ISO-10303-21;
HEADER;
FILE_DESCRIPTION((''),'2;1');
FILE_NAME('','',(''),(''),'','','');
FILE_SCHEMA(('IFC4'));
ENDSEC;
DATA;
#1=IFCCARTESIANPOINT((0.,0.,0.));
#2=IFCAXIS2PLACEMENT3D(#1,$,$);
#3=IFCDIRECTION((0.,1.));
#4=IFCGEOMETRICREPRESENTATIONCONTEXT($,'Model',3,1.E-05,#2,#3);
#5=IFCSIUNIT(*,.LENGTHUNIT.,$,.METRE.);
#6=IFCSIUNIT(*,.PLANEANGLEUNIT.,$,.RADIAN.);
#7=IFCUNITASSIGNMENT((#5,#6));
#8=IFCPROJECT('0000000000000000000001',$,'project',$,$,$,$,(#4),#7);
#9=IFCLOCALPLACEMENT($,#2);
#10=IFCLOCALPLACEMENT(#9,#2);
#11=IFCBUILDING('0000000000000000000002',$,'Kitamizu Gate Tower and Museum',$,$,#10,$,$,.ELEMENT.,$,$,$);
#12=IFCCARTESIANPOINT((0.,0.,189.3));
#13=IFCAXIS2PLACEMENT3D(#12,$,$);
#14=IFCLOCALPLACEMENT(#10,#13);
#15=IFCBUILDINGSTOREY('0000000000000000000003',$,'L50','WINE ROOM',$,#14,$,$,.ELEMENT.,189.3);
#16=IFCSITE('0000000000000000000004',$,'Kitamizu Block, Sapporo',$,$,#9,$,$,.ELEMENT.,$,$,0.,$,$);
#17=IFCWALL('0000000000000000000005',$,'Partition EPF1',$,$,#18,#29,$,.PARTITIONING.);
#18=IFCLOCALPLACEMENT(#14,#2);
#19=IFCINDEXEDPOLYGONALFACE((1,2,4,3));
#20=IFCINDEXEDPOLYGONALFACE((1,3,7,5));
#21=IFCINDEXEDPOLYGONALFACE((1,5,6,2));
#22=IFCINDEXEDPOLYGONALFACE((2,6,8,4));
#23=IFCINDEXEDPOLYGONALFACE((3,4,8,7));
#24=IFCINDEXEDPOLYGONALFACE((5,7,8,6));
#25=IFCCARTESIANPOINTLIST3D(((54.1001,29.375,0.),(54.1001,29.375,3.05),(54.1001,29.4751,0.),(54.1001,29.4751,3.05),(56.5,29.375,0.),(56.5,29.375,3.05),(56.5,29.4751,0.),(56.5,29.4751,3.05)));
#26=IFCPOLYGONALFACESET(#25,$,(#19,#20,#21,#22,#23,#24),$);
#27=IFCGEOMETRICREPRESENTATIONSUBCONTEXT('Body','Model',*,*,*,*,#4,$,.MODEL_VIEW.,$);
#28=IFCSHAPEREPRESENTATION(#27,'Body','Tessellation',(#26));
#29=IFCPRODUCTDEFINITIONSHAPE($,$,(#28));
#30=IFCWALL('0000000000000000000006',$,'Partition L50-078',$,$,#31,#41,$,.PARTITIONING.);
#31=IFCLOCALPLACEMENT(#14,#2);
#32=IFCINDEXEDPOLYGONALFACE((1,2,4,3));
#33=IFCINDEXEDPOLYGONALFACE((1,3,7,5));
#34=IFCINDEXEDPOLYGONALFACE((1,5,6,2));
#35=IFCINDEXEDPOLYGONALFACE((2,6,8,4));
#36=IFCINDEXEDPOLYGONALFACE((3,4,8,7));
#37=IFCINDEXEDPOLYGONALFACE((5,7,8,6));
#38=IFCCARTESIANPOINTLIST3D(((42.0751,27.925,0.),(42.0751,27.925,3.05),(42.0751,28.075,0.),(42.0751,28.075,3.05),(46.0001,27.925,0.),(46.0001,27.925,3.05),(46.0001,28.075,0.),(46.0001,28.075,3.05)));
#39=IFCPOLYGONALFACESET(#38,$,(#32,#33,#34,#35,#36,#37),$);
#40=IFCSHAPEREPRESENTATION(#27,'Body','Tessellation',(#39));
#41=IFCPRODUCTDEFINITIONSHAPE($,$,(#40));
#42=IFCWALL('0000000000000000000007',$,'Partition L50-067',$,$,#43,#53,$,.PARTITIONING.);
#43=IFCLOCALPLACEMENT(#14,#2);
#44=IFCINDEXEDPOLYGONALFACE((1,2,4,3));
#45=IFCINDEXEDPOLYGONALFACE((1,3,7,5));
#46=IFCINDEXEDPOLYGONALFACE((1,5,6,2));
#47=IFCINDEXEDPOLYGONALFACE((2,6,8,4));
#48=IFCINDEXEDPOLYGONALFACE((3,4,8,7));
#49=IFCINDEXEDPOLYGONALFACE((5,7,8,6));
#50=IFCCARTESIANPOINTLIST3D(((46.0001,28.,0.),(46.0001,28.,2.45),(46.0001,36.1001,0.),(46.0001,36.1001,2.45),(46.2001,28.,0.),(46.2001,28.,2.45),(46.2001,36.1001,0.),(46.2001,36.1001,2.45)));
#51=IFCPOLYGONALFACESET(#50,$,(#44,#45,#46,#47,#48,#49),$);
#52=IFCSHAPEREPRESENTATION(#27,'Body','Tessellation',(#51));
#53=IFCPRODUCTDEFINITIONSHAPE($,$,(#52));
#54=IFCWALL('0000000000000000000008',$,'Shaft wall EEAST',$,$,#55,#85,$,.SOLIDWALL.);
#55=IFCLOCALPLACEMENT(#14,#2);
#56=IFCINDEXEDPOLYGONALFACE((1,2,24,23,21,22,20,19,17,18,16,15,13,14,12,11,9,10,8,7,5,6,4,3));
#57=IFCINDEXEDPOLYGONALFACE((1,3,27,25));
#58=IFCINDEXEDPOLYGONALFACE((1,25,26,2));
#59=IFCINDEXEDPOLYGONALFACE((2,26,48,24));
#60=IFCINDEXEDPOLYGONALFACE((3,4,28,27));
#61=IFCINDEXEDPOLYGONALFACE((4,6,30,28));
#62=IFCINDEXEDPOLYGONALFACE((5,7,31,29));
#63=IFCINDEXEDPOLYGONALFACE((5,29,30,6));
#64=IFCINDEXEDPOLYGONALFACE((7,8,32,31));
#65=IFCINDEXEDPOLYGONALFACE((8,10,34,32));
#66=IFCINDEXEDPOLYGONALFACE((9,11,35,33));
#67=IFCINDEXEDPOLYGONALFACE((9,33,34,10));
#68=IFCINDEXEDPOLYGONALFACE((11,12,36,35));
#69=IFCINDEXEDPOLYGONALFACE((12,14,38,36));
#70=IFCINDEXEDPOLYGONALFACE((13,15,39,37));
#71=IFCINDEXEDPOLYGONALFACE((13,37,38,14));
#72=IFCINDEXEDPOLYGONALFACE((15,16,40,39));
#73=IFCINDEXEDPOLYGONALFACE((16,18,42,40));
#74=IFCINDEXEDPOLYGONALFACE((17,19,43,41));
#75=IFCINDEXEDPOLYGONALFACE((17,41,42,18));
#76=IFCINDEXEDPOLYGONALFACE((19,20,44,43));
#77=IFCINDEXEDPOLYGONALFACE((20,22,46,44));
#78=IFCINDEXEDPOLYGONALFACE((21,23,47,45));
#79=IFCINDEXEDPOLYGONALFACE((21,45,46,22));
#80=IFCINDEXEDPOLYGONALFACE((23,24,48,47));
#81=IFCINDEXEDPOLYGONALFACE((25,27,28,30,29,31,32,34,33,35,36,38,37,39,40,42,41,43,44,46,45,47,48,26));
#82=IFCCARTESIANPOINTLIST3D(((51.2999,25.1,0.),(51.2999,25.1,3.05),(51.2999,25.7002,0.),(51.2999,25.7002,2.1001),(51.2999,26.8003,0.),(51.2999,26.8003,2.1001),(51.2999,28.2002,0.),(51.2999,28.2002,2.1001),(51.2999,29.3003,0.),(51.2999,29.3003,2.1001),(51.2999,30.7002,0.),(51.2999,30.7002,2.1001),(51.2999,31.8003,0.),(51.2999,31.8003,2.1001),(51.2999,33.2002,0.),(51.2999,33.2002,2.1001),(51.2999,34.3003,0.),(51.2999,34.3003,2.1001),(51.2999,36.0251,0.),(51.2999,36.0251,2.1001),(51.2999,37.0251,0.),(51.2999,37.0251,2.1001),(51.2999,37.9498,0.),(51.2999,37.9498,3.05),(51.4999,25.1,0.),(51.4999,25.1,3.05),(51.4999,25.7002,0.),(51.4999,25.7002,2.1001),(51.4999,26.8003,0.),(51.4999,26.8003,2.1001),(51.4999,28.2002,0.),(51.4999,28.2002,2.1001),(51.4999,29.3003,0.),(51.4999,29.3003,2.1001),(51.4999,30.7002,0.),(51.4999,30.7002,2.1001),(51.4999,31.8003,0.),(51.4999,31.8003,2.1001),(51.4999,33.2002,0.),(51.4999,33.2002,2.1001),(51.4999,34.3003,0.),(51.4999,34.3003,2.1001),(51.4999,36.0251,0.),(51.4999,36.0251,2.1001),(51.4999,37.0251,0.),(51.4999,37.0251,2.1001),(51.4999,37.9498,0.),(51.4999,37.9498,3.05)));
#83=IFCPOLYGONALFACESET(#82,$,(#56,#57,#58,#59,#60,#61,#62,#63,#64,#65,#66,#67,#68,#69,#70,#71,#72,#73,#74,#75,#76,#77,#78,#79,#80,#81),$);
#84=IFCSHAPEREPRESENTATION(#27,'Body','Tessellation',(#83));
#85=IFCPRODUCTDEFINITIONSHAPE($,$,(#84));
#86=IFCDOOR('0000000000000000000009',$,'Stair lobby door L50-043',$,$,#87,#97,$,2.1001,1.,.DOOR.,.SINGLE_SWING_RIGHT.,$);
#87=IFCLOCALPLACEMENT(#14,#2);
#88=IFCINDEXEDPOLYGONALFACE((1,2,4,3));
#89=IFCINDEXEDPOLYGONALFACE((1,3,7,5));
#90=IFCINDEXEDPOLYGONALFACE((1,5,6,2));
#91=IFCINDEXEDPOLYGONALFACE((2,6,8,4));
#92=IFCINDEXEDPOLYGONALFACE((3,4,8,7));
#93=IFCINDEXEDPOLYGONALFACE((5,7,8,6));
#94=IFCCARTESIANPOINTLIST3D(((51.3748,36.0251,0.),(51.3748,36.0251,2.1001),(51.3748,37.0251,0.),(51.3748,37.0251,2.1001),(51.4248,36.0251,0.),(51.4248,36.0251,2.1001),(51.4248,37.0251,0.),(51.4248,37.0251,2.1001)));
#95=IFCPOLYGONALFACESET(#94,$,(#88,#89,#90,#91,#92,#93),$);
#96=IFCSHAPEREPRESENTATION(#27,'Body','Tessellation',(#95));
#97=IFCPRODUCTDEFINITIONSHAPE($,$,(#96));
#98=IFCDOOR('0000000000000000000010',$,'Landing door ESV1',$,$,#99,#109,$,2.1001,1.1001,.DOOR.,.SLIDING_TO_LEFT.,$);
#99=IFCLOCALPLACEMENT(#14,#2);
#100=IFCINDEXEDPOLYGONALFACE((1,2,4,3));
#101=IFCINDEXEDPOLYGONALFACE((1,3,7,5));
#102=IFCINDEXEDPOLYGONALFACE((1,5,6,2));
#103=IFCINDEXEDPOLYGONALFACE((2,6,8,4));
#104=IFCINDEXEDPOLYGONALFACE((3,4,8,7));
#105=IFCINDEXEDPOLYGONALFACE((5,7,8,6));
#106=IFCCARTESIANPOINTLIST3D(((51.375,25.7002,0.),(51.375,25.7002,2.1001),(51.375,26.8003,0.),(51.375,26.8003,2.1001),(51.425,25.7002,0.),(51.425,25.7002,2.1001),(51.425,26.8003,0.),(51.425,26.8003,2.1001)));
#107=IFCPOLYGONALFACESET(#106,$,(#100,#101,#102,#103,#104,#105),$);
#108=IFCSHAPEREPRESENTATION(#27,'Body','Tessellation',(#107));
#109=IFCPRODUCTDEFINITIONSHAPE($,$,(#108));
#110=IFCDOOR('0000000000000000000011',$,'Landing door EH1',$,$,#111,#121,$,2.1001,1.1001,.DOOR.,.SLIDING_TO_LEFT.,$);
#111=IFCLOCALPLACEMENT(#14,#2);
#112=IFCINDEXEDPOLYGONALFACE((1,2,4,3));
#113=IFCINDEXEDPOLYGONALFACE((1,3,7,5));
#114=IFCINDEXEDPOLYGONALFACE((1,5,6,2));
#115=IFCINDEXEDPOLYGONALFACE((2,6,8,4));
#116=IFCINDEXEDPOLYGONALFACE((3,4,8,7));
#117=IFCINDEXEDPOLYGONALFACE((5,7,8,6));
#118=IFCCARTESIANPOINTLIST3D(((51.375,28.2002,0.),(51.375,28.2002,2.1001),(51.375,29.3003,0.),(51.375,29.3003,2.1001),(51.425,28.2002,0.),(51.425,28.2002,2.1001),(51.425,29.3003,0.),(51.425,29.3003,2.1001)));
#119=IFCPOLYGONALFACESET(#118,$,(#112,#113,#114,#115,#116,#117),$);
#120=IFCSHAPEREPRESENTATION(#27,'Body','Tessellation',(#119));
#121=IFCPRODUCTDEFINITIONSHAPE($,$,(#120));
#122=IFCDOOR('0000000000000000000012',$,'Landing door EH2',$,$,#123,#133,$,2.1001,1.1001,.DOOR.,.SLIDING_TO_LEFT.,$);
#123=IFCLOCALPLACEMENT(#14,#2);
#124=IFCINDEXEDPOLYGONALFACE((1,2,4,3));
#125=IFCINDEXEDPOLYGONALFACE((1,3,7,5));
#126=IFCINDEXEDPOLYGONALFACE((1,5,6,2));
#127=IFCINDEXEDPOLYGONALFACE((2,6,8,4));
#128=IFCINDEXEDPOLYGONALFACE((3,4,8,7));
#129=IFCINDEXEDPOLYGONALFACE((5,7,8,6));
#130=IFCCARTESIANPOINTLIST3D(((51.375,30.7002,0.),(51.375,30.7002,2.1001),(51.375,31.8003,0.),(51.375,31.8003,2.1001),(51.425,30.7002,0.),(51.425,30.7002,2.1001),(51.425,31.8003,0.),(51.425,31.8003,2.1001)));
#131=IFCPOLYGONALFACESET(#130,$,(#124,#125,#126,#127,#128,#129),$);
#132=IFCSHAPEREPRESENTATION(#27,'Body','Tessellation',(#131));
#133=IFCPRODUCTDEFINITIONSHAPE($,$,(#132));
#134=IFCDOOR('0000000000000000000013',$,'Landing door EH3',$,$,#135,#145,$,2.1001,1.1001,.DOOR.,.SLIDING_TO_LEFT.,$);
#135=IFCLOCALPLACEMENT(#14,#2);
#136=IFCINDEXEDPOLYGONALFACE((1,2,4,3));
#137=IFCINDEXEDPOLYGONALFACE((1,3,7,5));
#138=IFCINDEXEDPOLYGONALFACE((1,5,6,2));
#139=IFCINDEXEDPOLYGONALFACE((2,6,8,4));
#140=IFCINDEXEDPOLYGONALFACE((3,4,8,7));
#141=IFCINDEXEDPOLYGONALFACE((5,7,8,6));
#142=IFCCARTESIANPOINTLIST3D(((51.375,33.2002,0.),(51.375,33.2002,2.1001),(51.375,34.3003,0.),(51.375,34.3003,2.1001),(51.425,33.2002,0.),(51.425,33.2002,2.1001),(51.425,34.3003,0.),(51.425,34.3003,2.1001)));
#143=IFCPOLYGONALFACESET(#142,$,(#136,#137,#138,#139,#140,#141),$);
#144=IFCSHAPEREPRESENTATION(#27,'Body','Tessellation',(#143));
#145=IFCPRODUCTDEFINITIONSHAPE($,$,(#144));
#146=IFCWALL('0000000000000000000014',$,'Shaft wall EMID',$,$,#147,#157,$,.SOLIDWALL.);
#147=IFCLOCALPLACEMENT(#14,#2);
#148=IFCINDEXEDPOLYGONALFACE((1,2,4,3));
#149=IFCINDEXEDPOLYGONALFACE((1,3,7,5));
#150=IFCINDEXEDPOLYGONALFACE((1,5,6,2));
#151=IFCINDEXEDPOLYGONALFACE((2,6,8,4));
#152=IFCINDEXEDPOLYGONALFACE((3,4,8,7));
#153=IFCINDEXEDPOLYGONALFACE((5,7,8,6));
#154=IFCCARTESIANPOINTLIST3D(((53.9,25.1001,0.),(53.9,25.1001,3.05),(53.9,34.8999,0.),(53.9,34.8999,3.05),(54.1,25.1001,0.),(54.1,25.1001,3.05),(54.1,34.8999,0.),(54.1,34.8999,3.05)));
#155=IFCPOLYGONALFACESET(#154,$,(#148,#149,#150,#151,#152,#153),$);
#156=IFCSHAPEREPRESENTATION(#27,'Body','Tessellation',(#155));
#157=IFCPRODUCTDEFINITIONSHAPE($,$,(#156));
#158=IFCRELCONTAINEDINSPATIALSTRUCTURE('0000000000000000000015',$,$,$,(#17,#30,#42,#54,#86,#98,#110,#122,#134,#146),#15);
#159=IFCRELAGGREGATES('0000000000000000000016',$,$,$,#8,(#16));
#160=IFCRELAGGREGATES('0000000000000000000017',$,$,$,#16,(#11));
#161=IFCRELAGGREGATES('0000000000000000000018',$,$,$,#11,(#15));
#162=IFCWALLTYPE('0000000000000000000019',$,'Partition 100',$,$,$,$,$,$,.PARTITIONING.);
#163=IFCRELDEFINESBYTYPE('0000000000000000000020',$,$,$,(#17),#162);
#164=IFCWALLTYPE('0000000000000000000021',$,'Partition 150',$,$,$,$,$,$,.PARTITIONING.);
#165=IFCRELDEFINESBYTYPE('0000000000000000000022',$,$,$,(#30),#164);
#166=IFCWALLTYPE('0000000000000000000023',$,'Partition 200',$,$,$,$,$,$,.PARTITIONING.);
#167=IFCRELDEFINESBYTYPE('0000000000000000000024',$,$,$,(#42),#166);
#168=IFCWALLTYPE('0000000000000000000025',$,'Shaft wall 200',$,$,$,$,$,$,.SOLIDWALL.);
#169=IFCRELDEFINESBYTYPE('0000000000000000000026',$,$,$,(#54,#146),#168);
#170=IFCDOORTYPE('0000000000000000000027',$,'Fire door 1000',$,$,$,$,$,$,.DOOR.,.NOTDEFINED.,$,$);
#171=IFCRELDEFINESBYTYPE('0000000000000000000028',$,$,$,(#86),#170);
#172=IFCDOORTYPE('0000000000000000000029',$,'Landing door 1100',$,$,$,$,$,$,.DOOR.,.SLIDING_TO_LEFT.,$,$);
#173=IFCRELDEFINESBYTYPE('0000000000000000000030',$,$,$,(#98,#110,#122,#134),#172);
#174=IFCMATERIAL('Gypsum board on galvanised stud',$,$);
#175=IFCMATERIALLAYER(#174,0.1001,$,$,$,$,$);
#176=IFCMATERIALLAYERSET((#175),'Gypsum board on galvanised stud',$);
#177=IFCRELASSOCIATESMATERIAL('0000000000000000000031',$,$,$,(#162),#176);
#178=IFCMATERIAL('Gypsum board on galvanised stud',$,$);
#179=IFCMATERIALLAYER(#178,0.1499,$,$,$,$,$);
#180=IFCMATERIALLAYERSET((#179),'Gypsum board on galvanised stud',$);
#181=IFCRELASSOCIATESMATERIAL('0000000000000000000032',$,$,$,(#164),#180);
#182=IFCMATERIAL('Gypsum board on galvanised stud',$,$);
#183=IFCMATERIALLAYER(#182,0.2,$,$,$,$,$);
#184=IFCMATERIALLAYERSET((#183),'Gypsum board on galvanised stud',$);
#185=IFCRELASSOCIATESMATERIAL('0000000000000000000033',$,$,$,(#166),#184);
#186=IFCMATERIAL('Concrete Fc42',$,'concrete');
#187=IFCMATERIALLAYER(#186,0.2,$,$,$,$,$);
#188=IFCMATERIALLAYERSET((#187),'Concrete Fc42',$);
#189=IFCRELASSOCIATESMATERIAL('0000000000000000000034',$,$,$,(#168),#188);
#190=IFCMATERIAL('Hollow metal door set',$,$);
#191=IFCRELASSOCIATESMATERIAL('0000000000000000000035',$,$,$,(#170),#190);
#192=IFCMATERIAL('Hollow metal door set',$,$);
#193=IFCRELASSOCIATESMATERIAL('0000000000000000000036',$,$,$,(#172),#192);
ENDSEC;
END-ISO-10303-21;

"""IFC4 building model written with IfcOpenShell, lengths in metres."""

from ifc_helpers import new_model, si_unit, direction, frame, frame_2d, origin, place, context, subcontext, project, spatial, rectangle, extrude, material, layer, layer_set, type_object, element, fill, save


model = new_model("IFC4")

# Units and contexts
model_context = context("Model", 3, precision=1e-05, world=origin(), true_north=direction((0.0, 1.0)))
body_context = subcontext(model_context, "Body", "Model", "MODEL_VIEW")
ifc_project = project(units=[si_unit("LENGTHUNIT", "METRE"), si_unit("PLANEANGLEUNIT", "RADIAN")], contexts=[model_context])

# Site, building, storey
site_placement = place(None, origin())
site = spatial("IfcSite", under=ifc_project, at=site_placement, Name="Kitamizu Block, Sapporo", CompositionType="ELEMENT", RefElevation=0.0)
building_placement = place(site_placement, origin())
building = spatial("IfcBuilding", under=site, at=building_placement, Name="Kitamizu Gate Tower and Museum", CompositionType="ELEMENT")
storey_placement = place(building_placement, frame((0.0, 0.0, 189.3)))
storey = spatial("IfcBuildingStorey", under=building, at=storey_placement, Name="L50", Description="WINE ROOM", CompositionType="ELEMENT", Elevation=189.3)

# Walls
ifc_material_1 = material(Name="Gypsum board on galvanised stud")
ifc_layer_1 = layer(ifc_material_1, 0.1001)
ifc_layer_set_1 = layer_set([ifc_layer_1], Name="Gypsum board on galvanised stud")
wall_type_1 = type_object("IfcWallType", Name="Partition 100", PredefinedType="PARTITIONING", material=ifc_layer_set_1)
wall_1_placement = place(storey_placement, frame((56.5, 29.425, 0.0), z_axis=(0.0, 0.0, 1.0), x_axis=(-1.0, 0.0, 0.0)))
element("IfcWall", 1, at=wall_1_placement, inside=storey, type_object=wall_type_1, Name="Partition EPF1", PredefinedType="PARTITIONING", context=body_context, shape_type="SweptSolid", body=[
    extrude(rectangle(XDim=2.3999, YDim=0.1001, at=frame_2d((1.2, 0.0))), origin(), (0.0, 0.0, 1.0), 3.05),
])
ifc_material_2 = material(Name="Gypsum board on galvanised stud")
ifc_layer_2 = layer(ifc_material_2, 0.1499)
ifc_layer_set_2 = layer_set([ifc_layer_2], Name="Gypsum board on galvanised stud")
wall_type_2 = type_object("IfcWallType", Name="Partition 150", PredefinedType="PARTITIONING", material=ifc_layer_set_2)
wall_2_placement = place(storey_placement, frame((46.0, 28.0, 0.0), z_axis=(0.0, 0.0, 1.0), x_axis=(-1.0, 0.0, 0.0)))
element("IfcWall", 2, at=wall_2_placement, inside=storey, type_object=wall_type_2, Name="Partition L50-078", PredefinedType="PARTITIONING", context=body_context, shape_type="SweptSolid", body=[
    extrude(rectangle(XDim=3.925, YDim=0.1499, at=frame_2d((1.9624, 0.0))), origin(), (0.0, 0.0, 1.0), 3.05),
])
ifc_material_3 = material(Name="Gypsum board on galvanised stud")
ifc_layer_3 = layer(ifc_material_3, 0.2)
ifc_layer_set_3 = layer_set([ifc_layer_3], Name="Gypsum board on galvanised stud")
wall_type_3 = type_object("IfcWallType", Name="Partition 200", PredefinedType="PARTITIONING", material=ifc_layer_set_3)
wall_3_placement = place(storey_placement, frame((46.1001, 28.0, 0.0), z_axis=(0.0, 0.0, 1.0), x_axis=(0.0, 1.0, 0.0)))
element("IfcWall", 3, at=wall_3_placement, inside=storey, type_object=wall_type_3, Name="Partition L50-067", PredefinedType="PARTITIONING", context=body_context, shape_type="SweptSolid", body=[
    extrude(rectangle(XDim=8.1001, YDim=0.2, at=frame_2d((4.05, 0.0))), origin(), (0.0, 0.0, 1.0), 2.45),
])

# Wall, openings, doors
ifc_material_4 = material(Name="Concrete Fc42", Category="concrete")
ifc_layer_4 = layer(ifc_material_4, 0.2)
ifc_layer_set_4 = layer_set([ifc_layer_4], Name="Concrete Fc42")
wall_type_4 = type_object("IfcWallType", Name="Shaft wall 200", PredefinedType="SOLIDWALL", material=ifc_layer_set_4)
wall_4_placement = place(storey_placement, frame((51.3999, 25.1001, 0.0), z_axis=(0.0, 0.0, 1.0), x_axis=(0.0, 1.0, 0.0)))
wall_4 = element("IfcWall", 4, at=wall_4_placement, inside=storey, type_object=wall_type_4, Name="Shaft wall EEAST", PredefinedType="SOLIDWALL", context=body_context, shape_type="SweptSolid", body=[
    extrude(rectangle(XDim=12.8499, YDim=0.2, at=frame_2d((6.4248, 0.0))), origin(), (0.0, 0.0, 1.0), 3.05),
])
opening_1_placement = place(wall_4_placement, frame((0.6001, 0.0, 0.0)))
opening_1 = element("IfcOpeningElement", 5, at=opening_1_placement, cuts=wall_4, PredefinedType="OPENING", context=body_context, shape_type="SweptSolid", body=[
    extrude(rectangle(XDim=1.1001, YDim=2.1001, at=frame_2d((0.55, 1.05))), frame((0.0, 0.1099, 0.0), z_axis=(0.0, -1.0, 0.0), x_axis=(1.0, 0.0, 0.0)), (0.0, 0.0, 1.0), 0.22),
])
opening_2_placement = place(wall_4_placement, frame((3.1001, 0.0, 0.0)))
opening_2 = element("IfcOpeningElement", 6, at=opening_2_placement, cuts=wall_4, PredefinedType="OPENING", context=body_context, shape_type="SweptSolid", body=[
    extrude(rectangle(XDim=1.1001, YDim=2.1001, at=frame_2d((0.55, 1.05))), frame((0.0, 0.1099, 0.0), z_axis=(0.0, -1.0, 0.0), x_axis=(1.0, 0.0, 0.0)), (0.0, 0.0, 1.0), 0.22),
])
opening_3_placement = place(wall_4_placement, frame((5.6001, 0.0, 0.0)))
opening_3 = element("IfcOpeningElement", 7, at=opening_3_placement, cuts=wall_4, PredefinedType="OPENING", context=body_context, shape_type="SweptSolid", body=[
    extrude(rectangle(XDim=1.1001, YDim=2.1001, at=frame_2d((0.55, 1.05))), frame((0.0, 0.1099, 0.0), z_axis=(0.0, -1.0, 0.0), x_axis=(1.0, 0.0, 0.0)), (0.0, 0.0, 1.0), 0.22),
])
opening_4_placement = place(wall_4_placement, frame((8.1001, 0.0, 0.0)))
opening_4 = element("IfcOpeningElement", 8, at=opening_4_placement, cuts=wall_4, PredefinedType="OPENING", context=body_context, shape_type="SweptSolid", body=[
    extrude(rectangle(XDim=1.1001, YDim=2.1001, at=frame_2d((0.55, 1.05))), frame((0.0, 0.1099, 0.0), z_axis=(0.0, -1.0, 0.0), x_axis=(1.0, 0.0, 0.0)), (0.0, 0.0, 1.0), 0.22),
])
opening_5_placement = place(wall_4_placement, frame((10.925, 0.0, 0.0)))
opening_5 = element("IfcOpeningElement", 9, at=opening_5_placement, cuts=wall_4, PredefinedType="OPENING", context=body_context, shape_type="SweptSolid", body=[
    extrude(rectangle(XDim=1.0, YDim=2.1001, at=frame_2d((0.5, 1.05))), frame((0.0, 0.1099, 0.0), z_axis=(0.0, -1.0, 0.0), x_axis=(1.0, 0.0, 0.0)), (0.0, 0.0, 1.0), 0.22),
])
ifc_material_5 = material(Name="Hollow metal door set")
door_type_1 = type_object("IfcDoorType", Name="Fire door 1000", OperationType="NOTDEFINED", PredefinedType="DOOR", material=ifc_material_5)
door_1_placement = place(opening_5_placement, frame((1.0, 0.0, 0.0), x_axis=(-1.0, 0.0, 0.0)))
door_1 = element("IfcDoor", 10, at=door_1_placement, inside=storey, type_object=door_type_1, Name="Stair lobby door L50-043", OperationType="SINGLE_SWING_RIGHT", OverallHeight=2.1001, OverallWidth=1.0, PredefinedType="DOOR", context=body_context, shape_type="SweptSolid", body=[
    extrude(rectangle(XDim=1.0, YDim=2.1001, at=frame_2d((0.5, 1.05))), frame((0.0, 0.0249, 0.0), z_axis=(0.0, -1.0, 0.0), x_axis=(1.0, 0.0, 0.0)), (0.0, 0.0, 1.0), 0.05),
])
fill(opening_5, door_1)
ifc_material_6 = material(Name="Hollow metal door set")
door_type_2 = type_object("IfcDoorType", Name="Landing door 1100", OperationType="SLIDING_TO_LEFT", PredefinedType="DOOR", material=ifc_material_6)
door_2_placement = place(opening_1_placement, origin())
door_2 = element("IfcDoor", 11, at=door_2_placement, inside=storey, type_object=door_type_2, Name="Landing door ESV1", OperationType="SLIDING_TO_LEFT", OverallHeight=2.1001, OverallWidth=1.1001, PredefinedType="DOOR", context=body_context, shape_type="SweptSolid", body=[
    extrude(rectangle(XDim=1.1001, YDim=2.1001, at=frame_2d((0.55, 1.05))), frame((0.0, 0.0249, 0.0), z_axis=(0.0, -1.0, 0.0), x_axis=(1.0, 0.0, 0.0)), (0.0, 0.0, 1.0), 0.05),
])
fill(opening_1, door_2)
door_3_placement = place(opening_2_placement, origin())
door_3 = element("IfcDoor", 12, at=door_3_placement, inside=storey, type_object=door_type_2, Name="Landing door EH1", OperationType="SLIDING_TO_LEFT", OverallHeight=2.1001, OverallWidth=1.1001, PredefinedType="DOOR", context=body_context, shape_type="SweptSolid", body=[
    extrude(rectangle(XDim=1.1001, YDim=2.1001, at=frame_2d((0.55, 1.05))), frame((0.0, 0.0249, 0.0), z_axis=(0.0, -1.0, 0.0), x_axis=(1.0, 0.0, 0.0)), (0.0, 0.0, 1.0), 0.05),
])
fill(opening_2, door_3)
door_4_placement = place(opening_3_placement, origin())
door_4 = element("IfcDoor", 13, at=door_4_placement, inside=storey, type_object=door_type_2, Name="Landing door EH2", OperationType="SLIDING_TO_LEFT", OverallHeight=2.1001, OverallWidth=1.1001, PredefinedType="DOOR", context=body_context, shape_type="SweptSolid", body=[
    extrude(rectangle(XDim=1.1001, YDim=2.1001, at=frame_2d((0.55, 1.05))), frame((0.0, 0.0249, 0.0), z_axis=(0.0, -1.0, 0.0), x_axis=(1.0, 0.0, 0.0)), (0.0, 0.0, 1.0), 0.05),
])
fill(opening_3, door_4)
door_5_placement = place(opening_4_placement, origin())
door_5 = element("IfcDoor", 14, at=door_5_placement, inside=storey, type_object=door_type_2, Name="Landing door EH3", OperationType="SLIDING_TO_LEFT", OverallHeight=2.1001, OverallWidth=1.1001, PredefinedType="DOOR", context=body_context, shape_type="SweptSolid", body=[
    extrude(rectangle(XDim=1.1001, YDim=2.1001, at=frame_2d((0.55, 1.05))), frame((0.0, 0.0249, 0.0), z_axis=(0.0, -1.0, 0.0), x_axis=(1.0, 0.0, 0.0)), (0.0, 0.0, 1.0), 0.05),
])
fill(opening_4, door_5)

# Wall
wall_5_placement = place(storey_placement, frame((54.0, 25.1001, 0.0), z_axis=(0.0, 0.0, 1.0), x_axis=(0.0, 1.0, 0.0)))
element("IfcWall", 15, at=wall_5_placement, inside=storey, type_object=wall_type_4, Name="Shaft wall EMID", PredefinedType="SOLIDWALL", context=body_context, shape_type="SweptSolid", body=[
    extrude(rectangle(XDim=9.7998, YDim=0.2, at=frame_2d((4.8999, 0.0))), origin(), (0.0, 0.0, 1.0), 3.05),
])

save(model, "model.ifc")
